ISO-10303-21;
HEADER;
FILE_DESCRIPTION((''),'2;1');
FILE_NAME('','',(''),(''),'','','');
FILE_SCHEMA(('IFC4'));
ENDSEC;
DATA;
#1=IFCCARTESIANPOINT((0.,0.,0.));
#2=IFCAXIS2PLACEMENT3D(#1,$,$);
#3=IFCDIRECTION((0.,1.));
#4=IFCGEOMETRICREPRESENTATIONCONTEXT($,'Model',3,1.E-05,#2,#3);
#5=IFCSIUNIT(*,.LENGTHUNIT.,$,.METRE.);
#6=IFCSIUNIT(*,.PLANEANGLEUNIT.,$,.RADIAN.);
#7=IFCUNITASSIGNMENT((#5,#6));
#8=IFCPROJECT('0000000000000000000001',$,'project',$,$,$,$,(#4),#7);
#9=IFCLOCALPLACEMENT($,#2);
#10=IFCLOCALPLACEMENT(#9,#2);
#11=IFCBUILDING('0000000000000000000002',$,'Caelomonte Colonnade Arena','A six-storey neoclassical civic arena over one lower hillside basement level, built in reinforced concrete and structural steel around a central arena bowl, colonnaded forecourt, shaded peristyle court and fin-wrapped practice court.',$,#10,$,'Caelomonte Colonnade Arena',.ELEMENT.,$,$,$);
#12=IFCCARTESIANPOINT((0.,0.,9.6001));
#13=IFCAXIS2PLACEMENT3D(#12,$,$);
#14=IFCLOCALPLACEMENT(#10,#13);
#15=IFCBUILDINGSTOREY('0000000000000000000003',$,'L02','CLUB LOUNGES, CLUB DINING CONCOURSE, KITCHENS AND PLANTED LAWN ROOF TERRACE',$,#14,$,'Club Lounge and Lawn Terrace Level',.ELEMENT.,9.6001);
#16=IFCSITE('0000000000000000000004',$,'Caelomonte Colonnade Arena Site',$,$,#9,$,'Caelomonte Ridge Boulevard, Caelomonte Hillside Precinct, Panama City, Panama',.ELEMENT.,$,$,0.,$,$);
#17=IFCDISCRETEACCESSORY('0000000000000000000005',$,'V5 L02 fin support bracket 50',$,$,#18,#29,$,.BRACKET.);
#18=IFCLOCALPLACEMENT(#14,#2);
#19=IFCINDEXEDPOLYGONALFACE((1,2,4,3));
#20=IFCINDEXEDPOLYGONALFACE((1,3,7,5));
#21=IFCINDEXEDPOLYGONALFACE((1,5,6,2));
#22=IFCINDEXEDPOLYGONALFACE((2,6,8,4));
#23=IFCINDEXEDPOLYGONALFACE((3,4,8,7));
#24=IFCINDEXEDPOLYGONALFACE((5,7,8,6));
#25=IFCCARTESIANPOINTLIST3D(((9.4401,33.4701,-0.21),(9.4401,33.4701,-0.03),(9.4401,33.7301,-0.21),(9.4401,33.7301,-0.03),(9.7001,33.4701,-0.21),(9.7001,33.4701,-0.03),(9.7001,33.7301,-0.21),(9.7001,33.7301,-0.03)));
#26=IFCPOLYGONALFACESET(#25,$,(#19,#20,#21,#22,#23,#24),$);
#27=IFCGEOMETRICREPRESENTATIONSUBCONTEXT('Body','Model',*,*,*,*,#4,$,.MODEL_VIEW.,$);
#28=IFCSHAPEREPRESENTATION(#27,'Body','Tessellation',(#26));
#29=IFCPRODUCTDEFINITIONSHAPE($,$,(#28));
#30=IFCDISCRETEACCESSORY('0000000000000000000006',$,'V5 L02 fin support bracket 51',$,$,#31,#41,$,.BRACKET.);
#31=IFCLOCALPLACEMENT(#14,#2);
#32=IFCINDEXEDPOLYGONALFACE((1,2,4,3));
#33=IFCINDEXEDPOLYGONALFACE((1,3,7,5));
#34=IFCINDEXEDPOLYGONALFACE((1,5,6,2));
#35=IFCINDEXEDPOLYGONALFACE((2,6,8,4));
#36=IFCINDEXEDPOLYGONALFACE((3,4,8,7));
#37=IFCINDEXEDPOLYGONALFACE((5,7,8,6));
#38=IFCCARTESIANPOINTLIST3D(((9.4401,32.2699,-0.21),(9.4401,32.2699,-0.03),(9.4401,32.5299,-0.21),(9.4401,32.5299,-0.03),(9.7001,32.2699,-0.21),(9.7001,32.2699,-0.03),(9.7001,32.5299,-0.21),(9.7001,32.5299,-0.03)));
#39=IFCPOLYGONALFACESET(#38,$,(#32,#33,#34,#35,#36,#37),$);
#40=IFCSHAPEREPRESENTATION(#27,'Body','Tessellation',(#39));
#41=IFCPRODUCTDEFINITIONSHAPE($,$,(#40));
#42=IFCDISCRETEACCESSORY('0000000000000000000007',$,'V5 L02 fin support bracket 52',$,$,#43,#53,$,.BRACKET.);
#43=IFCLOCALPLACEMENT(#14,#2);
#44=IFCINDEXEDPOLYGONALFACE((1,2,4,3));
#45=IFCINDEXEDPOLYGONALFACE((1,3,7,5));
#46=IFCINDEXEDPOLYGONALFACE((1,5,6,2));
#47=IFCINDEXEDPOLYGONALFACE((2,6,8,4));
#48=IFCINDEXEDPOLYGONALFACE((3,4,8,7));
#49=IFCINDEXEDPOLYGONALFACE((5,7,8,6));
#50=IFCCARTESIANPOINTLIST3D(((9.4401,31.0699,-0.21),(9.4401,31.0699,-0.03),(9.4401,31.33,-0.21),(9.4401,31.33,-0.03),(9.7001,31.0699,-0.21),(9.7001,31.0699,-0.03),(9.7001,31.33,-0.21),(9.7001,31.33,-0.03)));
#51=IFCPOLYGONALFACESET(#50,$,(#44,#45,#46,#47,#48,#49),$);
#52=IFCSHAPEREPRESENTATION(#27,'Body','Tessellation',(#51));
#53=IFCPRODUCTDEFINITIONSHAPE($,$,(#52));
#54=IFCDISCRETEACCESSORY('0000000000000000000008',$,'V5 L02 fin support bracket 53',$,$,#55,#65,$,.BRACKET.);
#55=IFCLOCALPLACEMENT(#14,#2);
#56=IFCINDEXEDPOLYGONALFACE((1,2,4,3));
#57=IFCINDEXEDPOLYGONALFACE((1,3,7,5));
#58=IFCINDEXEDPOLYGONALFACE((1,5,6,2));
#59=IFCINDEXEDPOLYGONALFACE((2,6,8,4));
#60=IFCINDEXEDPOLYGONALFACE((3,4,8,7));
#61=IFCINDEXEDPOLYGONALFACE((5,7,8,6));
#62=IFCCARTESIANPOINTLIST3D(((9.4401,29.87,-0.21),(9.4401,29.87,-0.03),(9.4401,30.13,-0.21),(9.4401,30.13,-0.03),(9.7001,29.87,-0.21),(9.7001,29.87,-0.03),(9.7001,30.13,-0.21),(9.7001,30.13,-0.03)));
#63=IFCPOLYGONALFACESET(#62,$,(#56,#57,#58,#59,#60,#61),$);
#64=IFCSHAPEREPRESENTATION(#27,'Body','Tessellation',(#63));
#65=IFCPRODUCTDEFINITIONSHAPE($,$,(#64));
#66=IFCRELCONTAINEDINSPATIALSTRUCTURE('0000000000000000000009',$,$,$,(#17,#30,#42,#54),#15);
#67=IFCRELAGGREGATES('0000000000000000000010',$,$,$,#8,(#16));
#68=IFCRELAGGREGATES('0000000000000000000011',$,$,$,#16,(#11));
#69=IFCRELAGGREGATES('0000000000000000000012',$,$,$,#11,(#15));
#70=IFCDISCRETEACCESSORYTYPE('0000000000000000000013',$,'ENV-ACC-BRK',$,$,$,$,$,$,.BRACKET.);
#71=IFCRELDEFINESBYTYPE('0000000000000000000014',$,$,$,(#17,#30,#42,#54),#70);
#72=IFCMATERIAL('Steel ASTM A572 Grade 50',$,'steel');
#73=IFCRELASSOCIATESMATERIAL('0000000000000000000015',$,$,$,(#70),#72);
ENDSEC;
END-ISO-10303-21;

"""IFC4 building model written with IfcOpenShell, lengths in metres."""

from ifc_helpers import new_model, si_unit, direction, frame, origin, origin_2d, place, context, subcontext, project, spatial, rectangle, extrude, material, type_object, element, save


model = new_model("IFC4")

# Units and contexts
model_context = context("Model", 3, precision=1e-05, world=origin(), true_north=direction((0.0, 1.0)))
body_context = subcontext(model_context, "Body", "Model", "MODEL_VIEW")
ifc_project = project(units=[si_unit("LENGTHUNIT", "METRE"), si_unit("PLANEANGLEUNIT", "RADIAN")], contexts=[model_context])

# Site, building, storey
site_placement = place(None, origin())
site = spatial("IfcSite", under=ifc_project, at=site_placement, Name="Caelomonte Colonnade Arena Site", LongName="Caelomonte Ridge Boulevard, Caelomonte Hillside Precinct, Panama City, Panama", CompositionType="ELEMENT", RefElevation=0.0)
building_placement = place(site_placement, origin())
building = spatial("IfcBuilding", under=site, at=building_placement, Name="Caelomonte Colonnade Arena", Description="A six-storey neoclassical civic arena over one lower hillside basement level, built in reinforced concrete and structural steel around a central arena bowl, colonnaded forecourt, shaded peristyle court and fin-wrapped practice court.", LongName="Caelomonte Colonnade Arena", CompositionType="ELEMENT")
storey_placement = place(building_placement, frame((0.0, 0.0, 9.6001)))
storey = spatial("IfcBuildingStorey", under=building, at=storey_placement, Name="L02", Description="CLUB LOUNGES, CLUB DINING CONCOURSE, KITCHENS AND PLANTED LAWN ROOF TERRACE", LongName="Club Lounge and Lawn Terrace Level", CompositionType="ELEMENT", Elevation=9.6001)

# Discrete accessories
ifc_material_1 = material(Name="Steel ASTM A572 Grade 50", Category="steel")
discrete_accessory_type = type_object("IfcDiscreteAccessoryType", Name="ENV-ACC-BRK", PredefinedType="BRACKET", material=ifc_material_1)
for number, where, z_axis, x_axis, name in (
    (1, (9.5701, 33.6001, -0.21), (0.0, 0.0, 1.0), (0.0, -1.0, 0.0), "V5 L02 fin support bracket 50"),
    (2, (9.5701, 32.3999, -0.21), (0.0, 0.0, 1.0), (0.0, -1.0, 0.0), "V5 L02 fin support bracket 51"),
    (3, (9.5701, 31.2, -0.21), (0.0, 0.0, 1.0), (0.0, -1.0, 0.0), "V5 L02 fin support bracket 52"),
    (4, (9.5701, 30.0, -0.21), (0.0, 0.0, 1.0), (0.0, -1.0, 0.0), "V5 L02 fin support bracket 53"),
):
    element("IfcDiscreteAccessory", number, at=place(storey_placement, frame(where, z_axis=z_axis, x_axis=x_axis)), inside=storey, type_object=discrete_accessory_type, Name=name, PredefinedType="BRACKET", context=body_context, shape_type="SweptSolid", body=[
        extrude(rectangle(XDim=0.26, YDim=0.26, at=origin_2d()), origin(), (0.0, 0.0, 1.0), 0.1799),
    ])

save(model, "model.ifc")
